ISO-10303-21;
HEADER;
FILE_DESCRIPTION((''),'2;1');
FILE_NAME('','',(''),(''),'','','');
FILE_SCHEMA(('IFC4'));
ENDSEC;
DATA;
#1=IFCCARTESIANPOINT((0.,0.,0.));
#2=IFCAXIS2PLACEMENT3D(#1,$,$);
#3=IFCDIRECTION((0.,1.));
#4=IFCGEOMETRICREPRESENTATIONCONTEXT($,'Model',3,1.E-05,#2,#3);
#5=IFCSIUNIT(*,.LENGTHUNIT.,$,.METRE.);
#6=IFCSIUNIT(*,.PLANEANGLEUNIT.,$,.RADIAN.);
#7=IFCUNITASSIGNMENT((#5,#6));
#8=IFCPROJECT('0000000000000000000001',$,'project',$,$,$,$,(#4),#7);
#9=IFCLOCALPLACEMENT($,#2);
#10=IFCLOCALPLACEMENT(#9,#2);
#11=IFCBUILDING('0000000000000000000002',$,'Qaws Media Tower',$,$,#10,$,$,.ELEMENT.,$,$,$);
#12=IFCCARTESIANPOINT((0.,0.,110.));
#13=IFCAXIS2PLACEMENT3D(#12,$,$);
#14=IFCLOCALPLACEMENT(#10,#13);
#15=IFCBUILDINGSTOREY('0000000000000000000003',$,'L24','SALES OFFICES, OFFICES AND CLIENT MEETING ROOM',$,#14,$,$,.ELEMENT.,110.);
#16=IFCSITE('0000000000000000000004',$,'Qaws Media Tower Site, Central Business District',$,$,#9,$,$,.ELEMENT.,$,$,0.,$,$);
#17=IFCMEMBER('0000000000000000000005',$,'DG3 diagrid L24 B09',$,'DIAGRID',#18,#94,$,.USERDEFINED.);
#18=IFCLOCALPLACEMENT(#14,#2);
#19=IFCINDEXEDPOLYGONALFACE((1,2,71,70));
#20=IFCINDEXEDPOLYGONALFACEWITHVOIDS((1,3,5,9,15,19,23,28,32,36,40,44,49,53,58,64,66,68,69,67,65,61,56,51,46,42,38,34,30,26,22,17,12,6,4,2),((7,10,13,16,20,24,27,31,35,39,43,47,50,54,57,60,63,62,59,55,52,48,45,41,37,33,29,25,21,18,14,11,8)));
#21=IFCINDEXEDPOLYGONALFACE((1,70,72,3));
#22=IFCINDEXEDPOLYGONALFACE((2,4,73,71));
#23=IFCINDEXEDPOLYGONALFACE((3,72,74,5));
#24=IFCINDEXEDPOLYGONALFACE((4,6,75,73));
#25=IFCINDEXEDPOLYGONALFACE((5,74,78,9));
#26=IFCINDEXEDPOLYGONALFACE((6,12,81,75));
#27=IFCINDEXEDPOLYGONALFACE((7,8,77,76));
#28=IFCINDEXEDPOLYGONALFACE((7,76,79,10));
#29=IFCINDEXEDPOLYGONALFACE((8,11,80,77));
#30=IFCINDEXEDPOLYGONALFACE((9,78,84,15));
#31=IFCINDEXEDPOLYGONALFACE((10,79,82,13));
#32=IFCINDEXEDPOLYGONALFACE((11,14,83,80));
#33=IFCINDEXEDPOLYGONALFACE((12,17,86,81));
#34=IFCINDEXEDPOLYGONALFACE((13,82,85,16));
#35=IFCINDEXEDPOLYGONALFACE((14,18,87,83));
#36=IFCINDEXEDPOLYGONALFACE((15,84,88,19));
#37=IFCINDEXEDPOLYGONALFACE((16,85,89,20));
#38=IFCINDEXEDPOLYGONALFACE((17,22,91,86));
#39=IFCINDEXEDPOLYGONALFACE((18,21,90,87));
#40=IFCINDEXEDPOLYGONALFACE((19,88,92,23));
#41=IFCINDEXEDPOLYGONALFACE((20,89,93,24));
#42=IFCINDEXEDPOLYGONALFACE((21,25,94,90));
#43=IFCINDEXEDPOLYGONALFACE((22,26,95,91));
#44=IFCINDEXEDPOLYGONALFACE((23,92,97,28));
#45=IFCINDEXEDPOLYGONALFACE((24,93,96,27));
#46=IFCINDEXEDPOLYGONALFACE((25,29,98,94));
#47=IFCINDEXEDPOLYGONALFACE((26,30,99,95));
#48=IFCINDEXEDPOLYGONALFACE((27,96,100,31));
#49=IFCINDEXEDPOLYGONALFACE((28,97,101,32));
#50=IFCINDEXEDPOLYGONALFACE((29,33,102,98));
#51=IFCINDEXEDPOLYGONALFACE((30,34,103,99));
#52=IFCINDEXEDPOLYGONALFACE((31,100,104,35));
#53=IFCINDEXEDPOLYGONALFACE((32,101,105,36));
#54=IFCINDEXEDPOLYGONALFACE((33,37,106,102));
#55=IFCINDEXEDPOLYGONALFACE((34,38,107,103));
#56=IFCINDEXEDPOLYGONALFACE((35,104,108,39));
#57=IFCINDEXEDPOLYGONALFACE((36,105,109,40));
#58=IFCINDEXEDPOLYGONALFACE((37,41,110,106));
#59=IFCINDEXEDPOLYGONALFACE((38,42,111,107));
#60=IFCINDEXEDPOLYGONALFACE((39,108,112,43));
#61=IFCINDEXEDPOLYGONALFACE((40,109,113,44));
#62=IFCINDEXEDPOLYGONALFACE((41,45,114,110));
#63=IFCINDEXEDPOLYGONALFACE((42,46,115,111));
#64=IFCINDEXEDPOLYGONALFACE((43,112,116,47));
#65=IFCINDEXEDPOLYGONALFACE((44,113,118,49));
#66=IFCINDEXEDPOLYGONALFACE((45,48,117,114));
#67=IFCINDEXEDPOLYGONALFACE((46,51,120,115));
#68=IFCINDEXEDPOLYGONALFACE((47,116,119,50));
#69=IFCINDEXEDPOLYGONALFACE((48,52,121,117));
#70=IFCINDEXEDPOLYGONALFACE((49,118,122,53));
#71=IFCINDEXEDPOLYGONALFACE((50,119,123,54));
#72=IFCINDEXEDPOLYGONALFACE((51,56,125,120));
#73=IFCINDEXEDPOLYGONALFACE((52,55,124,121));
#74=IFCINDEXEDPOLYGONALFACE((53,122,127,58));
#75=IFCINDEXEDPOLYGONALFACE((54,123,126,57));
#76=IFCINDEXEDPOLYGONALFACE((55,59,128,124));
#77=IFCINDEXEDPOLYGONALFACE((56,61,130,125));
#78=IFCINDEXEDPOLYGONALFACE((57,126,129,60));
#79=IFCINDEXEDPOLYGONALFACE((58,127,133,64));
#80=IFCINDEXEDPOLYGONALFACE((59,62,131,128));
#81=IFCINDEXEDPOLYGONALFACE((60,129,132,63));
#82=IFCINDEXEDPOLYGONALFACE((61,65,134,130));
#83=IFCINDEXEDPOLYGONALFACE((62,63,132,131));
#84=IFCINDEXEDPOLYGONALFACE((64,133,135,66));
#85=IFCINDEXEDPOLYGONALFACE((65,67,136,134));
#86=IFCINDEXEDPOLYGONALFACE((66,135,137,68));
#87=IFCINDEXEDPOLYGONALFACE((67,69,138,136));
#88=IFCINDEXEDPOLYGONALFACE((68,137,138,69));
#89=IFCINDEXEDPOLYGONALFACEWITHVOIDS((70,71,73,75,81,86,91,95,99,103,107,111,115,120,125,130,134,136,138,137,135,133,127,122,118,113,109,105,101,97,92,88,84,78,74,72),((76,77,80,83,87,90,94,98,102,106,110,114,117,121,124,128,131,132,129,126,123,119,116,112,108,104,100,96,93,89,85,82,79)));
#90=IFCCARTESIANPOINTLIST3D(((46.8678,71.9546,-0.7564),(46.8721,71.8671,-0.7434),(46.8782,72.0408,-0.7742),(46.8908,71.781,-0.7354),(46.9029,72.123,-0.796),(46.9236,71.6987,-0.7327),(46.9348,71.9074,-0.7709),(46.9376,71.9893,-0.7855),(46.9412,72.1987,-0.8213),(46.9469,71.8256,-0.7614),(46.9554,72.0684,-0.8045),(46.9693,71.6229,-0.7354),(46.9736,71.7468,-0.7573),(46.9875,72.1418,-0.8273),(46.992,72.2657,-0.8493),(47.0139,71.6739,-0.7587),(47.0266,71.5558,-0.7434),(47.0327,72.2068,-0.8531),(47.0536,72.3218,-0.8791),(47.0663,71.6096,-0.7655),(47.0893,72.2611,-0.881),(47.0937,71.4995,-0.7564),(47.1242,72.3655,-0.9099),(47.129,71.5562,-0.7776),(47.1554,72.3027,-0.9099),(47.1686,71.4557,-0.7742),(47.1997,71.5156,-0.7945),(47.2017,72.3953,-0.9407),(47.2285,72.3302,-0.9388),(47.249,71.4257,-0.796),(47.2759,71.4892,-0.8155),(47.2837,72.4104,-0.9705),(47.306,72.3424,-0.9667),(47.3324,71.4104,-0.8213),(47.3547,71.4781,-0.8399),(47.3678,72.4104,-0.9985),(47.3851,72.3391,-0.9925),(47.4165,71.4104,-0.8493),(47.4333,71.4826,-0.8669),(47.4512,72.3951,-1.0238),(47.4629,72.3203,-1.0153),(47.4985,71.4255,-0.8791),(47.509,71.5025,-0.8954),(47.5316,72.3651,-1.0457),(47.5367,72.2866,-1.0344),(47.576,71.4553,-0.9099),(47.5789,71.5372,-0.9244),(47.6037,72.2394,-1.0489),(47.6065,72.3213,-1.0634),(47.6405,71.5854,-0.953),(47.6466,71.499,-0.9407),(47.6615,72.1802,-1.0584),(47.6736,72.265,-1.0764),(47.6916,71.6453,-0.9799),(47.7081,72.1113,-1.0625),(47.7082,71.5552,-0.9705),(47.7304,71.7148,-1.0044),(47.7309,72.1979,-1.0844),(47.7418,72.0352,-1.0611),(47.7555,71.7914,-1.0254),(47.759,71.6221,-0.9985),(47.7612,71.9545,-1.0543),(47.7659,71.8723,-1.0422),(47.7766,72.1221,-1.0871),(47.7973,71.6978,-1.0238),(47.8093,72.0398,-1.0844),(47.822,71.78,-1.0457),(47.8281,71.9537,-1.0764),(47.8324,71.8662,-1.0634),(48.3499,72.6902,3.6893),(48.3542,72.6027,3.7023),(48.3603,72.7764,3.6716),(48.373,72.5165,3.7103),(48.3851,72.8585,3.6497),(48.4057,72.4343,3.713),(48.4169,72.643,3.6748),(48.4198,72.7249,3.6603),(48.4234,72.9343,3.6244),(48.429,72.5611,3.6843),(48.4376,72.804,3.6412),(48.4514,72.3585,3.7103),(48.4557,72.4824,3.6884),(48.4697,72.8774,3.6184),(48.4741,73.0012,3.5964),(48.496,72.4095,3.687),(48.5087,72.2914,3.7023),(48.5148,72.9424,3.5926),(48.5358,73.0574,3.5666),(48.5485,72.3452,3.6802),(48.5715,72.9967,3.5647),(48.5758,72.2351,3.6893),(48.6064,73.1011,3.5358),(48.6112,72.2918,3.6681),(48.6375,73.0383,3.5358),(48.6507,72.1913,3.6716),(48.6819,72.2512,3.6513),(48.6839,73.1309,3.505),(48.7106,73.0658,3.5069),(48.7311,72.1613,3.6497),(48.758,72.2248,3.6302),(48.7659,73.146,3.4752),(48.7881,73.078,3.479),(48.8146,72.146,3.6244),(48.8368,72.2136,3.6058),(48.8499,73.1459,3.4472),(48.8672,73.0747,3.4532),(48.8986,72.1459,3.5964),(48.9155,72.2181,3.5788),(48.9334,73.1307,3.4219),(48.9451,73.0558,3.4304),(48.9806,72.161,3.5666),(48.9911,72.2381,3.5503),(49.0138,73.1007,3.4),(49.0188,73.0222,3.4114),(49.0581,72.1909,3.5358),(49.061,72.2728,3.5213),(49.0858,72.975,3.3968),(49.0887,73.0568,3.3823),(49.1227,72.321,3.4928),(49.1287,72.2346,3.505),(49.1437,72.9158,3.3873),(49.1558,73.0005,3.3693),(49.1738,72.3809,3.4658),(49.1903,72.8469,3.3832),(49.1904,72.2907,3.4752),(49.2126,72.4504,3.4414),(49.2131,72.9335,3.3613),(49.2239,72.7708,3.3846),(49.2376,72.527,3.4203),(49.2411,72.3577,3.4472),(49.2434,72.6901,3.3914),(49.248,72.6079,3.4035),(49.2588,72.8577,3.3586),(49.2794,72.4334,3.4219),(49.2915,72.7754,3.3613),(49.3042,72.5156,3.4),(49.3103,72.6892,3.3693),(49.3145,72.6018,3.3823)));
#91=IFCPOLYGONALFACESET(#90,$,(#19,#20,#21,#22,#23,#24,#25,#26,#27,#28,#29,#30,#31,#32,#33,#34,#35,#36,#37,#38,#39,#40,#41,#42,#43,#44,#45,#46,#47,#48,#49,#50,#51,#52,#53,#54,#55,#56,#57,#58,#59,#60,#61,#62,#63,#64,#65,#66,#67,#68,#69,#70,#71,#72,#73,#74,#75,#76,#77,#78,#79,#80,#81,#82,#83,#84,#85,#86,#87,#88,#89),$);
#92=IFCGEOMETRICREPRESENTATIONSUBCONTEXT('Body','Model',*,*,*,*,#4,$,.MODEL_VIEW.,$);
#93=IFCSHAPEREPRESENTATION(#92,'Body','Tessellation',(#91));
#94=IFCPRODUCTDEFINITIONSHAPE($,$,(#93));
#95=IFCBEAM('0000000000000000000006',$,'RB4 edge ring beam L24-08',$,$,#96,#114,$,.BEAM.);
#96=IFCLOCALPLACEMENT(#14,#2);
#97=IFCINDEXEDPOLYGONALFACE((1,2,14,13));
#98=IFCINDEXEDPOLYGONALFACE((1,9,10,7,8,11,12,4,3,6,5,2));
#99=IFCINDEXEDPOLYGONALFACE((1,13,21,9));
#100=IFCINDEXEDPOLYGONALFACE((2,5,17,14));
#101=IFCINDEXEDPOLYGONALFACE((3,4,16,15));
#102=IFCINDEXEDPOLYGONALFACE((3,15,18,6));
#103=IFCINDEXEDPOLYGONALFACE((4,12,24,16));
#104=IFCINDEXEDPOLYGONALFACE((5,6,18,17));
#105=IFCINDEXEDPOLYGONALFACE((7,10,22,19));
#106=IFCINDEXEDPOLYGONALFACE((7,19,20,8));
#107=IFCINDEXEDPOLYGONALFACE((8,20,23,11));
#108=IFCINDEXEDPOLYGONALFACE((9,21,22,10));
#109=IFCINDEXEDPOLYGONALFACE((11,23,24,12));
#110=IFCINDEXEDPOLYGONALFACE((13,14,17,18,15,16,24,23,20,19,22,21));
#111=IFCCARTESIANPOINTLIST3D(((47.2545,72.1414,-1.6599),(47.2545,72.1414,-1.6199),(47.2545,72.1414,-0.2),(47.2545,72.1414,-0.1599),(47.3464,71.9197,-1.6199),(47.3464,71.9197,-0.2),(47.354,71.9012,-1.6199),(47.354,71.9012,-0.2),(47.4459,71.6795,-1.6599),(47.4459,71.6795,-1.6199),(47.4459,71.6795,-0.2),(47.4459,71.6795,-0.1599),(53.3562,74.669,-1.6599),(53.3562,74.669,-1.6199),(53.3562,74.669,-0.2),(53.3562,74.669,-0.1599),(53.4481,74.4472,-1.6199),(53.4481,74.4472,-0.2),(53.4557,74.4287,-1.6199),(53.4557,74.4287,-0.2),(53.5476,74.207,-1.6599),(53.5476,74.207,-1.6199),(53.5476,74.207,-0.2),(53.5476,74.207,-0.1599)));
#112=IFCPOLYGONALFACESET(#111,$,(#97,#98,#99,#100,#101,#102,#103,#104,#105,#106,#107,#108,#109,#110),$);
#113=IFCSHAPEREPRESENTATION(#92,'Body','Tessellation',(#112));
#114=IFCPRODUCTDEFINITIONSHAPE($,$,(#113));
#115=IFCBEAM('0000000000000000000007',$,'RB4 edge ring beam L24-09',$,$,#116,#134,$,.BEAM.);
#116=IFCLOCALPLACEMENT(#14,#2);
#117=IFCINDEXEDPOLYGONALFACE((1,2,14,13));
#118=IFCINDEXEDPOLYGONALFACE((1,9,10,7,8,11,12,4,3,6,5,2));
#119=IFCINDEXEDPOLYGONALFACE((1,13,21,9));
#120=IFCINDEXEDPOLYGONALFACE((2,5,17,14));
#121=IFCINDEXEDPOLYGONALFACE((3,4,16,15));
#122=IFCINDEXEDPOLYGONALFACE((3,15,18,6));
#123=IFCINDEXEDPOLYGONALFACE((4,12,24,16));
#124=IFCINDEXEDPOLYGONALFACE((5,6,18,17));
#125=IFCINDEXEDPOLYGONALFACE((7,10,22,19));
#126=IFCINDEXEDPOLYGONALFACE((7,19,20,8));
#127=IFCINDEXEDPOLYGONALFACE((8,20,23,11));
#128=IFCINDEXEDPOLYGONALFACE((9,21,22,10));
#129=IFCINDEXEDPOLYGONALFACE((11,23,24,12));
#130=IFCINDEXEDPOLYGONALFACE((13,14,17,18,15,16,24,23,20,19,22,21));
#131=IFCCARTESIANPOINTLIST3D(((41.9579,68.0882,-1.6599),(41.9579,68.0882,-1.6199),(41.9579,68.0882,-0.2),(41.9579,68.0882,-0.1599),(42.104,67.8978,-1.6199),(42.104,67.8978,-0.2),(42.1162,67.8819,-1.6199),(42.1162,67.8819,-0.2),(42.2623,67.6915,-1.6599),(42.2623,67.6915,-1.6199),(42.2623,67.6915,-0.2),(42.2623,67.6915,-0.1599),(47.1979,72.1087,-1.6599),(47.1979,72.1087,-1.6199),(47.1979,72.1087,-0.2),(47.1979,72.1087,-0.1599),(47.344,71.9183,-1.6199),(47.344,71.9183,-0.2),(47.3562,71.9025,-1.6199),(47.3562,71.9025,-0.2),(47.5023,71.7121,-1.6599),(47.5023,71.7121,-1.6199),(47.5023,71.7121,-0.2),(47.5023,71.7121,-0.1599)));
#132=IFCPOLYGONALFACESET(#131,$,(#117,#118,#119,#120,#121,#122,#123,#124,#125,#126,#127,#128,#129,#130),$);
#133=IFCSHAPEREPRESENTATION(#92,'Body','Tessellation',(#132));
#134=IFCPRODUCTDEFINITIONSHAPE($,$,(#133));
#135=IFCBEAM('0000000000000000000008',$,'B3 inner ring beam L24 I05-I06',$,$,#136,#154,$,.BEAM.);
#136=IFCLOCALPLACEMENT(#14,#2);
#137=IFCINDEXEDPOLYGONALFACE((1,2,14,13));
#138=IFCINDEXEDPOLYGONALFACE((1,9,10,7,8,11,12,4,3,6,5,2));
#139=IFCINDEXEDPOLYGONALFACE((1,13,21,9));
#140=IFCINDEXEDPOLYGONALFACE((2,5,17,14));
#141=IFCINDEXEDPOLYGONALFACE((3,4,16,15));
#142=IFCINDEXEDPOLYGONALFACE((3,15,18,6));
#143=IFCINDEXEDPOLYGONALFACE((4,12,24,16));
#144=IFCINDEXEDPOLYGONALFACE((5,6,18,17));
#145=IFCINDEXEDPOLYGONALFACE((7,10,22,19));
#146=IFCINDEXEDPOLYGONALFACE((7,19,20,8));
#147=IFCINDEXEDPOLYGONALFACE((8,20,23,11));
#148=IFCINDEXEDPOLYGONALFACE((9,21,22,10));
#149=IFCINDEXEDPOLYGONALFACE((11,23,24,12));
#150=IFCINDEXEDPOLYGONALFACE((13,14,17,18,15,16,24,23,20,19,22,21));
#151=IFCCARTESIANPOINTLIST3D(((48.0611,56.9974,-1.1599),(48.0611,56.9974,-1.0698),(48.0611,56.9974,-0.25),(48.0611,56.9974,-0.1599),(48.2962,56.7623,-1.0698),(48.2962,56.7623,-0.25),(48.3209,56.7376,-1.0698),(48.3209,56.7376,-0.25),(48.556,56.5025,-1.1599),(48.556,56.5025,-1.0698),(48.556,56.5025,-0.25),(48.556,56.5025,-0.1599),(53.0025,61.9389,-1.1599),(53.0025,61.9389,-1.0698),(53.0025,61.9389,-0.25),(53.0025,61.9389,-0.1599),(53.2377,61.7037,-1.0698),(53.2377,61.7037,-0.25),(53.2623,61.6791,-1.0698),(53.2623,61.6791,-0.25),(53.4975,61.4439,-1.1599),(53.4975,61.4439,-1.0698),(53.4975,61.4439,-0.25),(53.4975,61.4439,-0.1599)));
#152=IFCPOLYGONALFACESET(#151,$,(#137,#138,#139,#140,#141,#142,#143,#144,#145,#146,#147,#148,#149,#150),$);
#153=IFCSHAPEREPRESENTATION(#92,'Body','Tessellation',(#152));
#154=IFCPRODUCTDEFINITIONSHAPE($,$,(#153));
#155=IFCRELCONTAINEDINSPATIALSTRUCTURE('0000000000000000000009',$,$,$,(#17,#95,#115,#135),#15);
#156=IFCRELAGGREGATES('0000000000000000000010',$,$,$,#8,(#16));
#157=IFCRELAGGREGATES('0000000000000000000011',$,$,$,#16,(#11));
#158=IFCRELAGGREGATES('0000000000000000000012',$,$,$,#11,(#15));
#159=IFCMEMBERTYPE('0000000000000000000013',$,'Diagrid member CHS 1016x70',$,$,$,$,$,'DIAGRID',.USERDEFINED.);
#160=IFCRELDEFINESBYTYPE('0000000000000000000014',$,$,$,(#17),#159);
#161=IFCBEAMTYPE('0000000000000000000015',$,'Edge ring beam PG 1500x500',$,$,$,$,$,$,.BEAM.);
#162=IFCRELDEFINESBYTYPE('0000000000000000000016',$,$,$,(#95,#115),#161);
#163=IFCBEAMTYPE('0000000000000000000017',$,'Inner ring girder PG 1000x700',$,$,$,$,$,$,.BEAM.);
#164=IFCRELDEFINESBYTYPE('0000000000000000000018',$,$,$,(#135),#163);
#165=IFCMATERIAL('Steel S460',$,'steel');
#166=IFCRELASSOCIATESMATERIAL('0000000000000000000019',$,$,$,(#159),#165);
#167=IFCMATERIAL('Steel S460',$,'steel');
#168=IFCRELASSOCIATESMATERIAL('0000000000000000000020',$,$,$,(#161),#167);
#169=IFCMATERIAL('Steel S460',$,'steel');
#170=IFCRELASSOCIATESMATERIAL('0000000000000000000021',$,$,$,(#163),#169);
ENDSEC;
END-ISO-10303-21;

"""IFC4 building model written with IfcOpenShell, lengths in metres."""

from ifc_helpers import new_model, si_unit, direction, frame, origin, origin_2d, place, context, subcontext, project, spatial, hollow_circle, i_section, extrude, material, material_profile, profile_set, type_object, element, save


model = new_model("IFC4")

# Units and contexts
model_context = context("Model", 3, precision=1e-05, world=origin(), true_north=direction((0.0, 1.0)))
body_context = subcontext(model_context, "Body", "Model", "MODEL_VIEW")
ifc_project = project(units=[si_unit("LENGTHUNIT", "METRE"), si_unit("PLANEANGLEUNIT", "RADIAN")], contexts=[model_context])

# Site, building, storey
site_placement = place(None, origin())
site = spatial("IfcSite", under=ifc_project, at=site_placement, Name="Qaws Media Tower Site, Central Business District", CompositionType="ELEMENT", RefElevation=0.0)
building_placement = place(site_placement, origin())
building = spatial("IfcBuilding", under=site, at=building_placement, Name="Qaws Media Tower", CompositionType="ELEMENT")
storey_placement = place(building_placement, frame((0.0, 0.0, 110.0)))
storey = spatial("IfcBuildingStorey", under=building, at=storey_placement, Name="L24", Description="SALES OFFICES, OFFICES AND CLIENT MEETING ROOM", CompositionType="ELEMENT", Elevation=110.0)

# Member
ifc_material_1 = material(Name="Steel S460", Category="steel")
ifc_material_profile_1 = material_profile(ifc_material_1, hollow_circle(Radius=0.5081, WallThickness=0.0701, at=origin_2d()), Name="CHS 1016x70")
ifc_profile_set_1 = profile_set([ifc_material_profile_1], Name="Steel S460")
member_type_1 = type_object("IfcMemberType", Name="Diagrid member CHS 1016x70", ElementType="DIAGRID", PredefinedType="USERDEFINED", material=ifc_profile_set_1)
for number, where, z_axis, x_axis, name in (
    (1, (47.3501, 71.9104, -0.9099), (0.312449, 0.155067, 0.937193), (-0.444556, 0.895751, 0.0), "DG3 diagrid L24 B09"),
):
    element("IfcMember", number, at=place(storey_placement, frame(where, z_axis=z_axis, x_axis=x_axis)), inside=storey, type_object=member_type_1, Name=name, ObjectType="DIAGRID", PredefinedType="USERDEFINED", context=body_context, shape_type="SweptSolid", body=[
        extrude(hollow_circle(Radius=0.5081, WallThickness=0.0701, at=origin_2d()), origin(), (0.0, 0.0, 1.0), 4.7437),
    ])

# Beams
ifc_material_2 = material(Name="Steel S460", Category="steel")
ifc_material_profile_2 = material_profile(ifc_material_2, i_section(OverallWidth=0.5, OverallDepth=1.5, WebThickness=0.02, FlangeThickness=0.04, at=origin_2d()), Name="PG 1500x500")
ifc_profile_set_2 = profile_set([ifc_material_profile_2], Name="Steel S460")
beam_type_1 = type_object("IfcBeamType", Name="Edge ring beam PG 1500x500", PredefinedType="BEAM", material=ifc_profile_set_2)
beam_1_placement = place(storey_placement, frame((53.4519, 74.438, -0.9099), z_axis=(-0.923872, -0.382701, 0.0), x_axis=(0.382701, -0.923872, 0.0)))
element("IfcBeam", 2, at=beam_1_placement, inside=storey, type_object=beam_type_1, Name="RB4 edge ring beam L24-08", PredefinedType="BEAM", context=body_context, shape_type="SweptSolid", body=[
    extrude(i_section(OverallWidth=0.5, OverallDepth=1.5, WebThickness=0.02, FlangeThickness=0.04, at=origin_2d()), origin(), (0.0, 0.0, 1.0), 6.6045),
])
beam_2_placement = place(storey_placement, frame((47.3501, 71.9104, -0.9099), z_axis=(-0.793374, -0.608735, 0.0), x_axis=(0.608735, -0.793374, 0.0)))
element("IfcBeam", 3, at=beam_2_placement, inside=storey, type_object=beam_type_1, Name="RB4 edge ring beam L24-09", PredefinedType="BEAM", context=body_context, shape_type="SweptSolid", body=[
    extrude(i_section(OverallWidth=0.5, OverallDepth=1.5, WebThickness=0.02, FlangeThickness=0.04, at=origin_2d()), origin(), (0.0, 0.0, 1.0), 6.6047),
])
ifc_material_3 = material(Name="Steel S460", Category="steel")
ifc_material_profile_3 = material_profile(ifc_material_3, i_section(OverallWidth=0.7, OverallDepth=1.0, WebThickness=0.0349, FlangeThickness=0.0901, at=origin_2d()), Name="PG 1000x700")
ifc_profile_set_3 = profile_set([ifc_material_profile_3], Name="Steel S460")
beam_type_2 = type_object("IfcBeamType", Name="Inner ring girder PG 1000x700", PredefinedType="BEAM", material=ifc_profile_set_3)
beam_3_placement = place(storey_placement, frame((53.25, 61.6914, -0.6599), z_axis=(-0.707107, -0.707107, 0.0), x_axis=(0.707107, -0.707107, 0.0)))
element("IfcBeam", 4, at=beam_3_placement, inside=storey, type_object=beam_type_2, Name="B3 inner ring beam L24 I05-I06", PredefinedType="BEAM", context=body_context, shape_type="SweptSolid", body=[
    extrude(i_section(OverallWidth=0.7, OverallDepth=1.0, WebThickness=0.0349, FlangeThickness=0.0901, at=origin_2d()), origin(), (0.0, 0.0, 1.0), 6.9883),
])

save(model, "model.ifc")
